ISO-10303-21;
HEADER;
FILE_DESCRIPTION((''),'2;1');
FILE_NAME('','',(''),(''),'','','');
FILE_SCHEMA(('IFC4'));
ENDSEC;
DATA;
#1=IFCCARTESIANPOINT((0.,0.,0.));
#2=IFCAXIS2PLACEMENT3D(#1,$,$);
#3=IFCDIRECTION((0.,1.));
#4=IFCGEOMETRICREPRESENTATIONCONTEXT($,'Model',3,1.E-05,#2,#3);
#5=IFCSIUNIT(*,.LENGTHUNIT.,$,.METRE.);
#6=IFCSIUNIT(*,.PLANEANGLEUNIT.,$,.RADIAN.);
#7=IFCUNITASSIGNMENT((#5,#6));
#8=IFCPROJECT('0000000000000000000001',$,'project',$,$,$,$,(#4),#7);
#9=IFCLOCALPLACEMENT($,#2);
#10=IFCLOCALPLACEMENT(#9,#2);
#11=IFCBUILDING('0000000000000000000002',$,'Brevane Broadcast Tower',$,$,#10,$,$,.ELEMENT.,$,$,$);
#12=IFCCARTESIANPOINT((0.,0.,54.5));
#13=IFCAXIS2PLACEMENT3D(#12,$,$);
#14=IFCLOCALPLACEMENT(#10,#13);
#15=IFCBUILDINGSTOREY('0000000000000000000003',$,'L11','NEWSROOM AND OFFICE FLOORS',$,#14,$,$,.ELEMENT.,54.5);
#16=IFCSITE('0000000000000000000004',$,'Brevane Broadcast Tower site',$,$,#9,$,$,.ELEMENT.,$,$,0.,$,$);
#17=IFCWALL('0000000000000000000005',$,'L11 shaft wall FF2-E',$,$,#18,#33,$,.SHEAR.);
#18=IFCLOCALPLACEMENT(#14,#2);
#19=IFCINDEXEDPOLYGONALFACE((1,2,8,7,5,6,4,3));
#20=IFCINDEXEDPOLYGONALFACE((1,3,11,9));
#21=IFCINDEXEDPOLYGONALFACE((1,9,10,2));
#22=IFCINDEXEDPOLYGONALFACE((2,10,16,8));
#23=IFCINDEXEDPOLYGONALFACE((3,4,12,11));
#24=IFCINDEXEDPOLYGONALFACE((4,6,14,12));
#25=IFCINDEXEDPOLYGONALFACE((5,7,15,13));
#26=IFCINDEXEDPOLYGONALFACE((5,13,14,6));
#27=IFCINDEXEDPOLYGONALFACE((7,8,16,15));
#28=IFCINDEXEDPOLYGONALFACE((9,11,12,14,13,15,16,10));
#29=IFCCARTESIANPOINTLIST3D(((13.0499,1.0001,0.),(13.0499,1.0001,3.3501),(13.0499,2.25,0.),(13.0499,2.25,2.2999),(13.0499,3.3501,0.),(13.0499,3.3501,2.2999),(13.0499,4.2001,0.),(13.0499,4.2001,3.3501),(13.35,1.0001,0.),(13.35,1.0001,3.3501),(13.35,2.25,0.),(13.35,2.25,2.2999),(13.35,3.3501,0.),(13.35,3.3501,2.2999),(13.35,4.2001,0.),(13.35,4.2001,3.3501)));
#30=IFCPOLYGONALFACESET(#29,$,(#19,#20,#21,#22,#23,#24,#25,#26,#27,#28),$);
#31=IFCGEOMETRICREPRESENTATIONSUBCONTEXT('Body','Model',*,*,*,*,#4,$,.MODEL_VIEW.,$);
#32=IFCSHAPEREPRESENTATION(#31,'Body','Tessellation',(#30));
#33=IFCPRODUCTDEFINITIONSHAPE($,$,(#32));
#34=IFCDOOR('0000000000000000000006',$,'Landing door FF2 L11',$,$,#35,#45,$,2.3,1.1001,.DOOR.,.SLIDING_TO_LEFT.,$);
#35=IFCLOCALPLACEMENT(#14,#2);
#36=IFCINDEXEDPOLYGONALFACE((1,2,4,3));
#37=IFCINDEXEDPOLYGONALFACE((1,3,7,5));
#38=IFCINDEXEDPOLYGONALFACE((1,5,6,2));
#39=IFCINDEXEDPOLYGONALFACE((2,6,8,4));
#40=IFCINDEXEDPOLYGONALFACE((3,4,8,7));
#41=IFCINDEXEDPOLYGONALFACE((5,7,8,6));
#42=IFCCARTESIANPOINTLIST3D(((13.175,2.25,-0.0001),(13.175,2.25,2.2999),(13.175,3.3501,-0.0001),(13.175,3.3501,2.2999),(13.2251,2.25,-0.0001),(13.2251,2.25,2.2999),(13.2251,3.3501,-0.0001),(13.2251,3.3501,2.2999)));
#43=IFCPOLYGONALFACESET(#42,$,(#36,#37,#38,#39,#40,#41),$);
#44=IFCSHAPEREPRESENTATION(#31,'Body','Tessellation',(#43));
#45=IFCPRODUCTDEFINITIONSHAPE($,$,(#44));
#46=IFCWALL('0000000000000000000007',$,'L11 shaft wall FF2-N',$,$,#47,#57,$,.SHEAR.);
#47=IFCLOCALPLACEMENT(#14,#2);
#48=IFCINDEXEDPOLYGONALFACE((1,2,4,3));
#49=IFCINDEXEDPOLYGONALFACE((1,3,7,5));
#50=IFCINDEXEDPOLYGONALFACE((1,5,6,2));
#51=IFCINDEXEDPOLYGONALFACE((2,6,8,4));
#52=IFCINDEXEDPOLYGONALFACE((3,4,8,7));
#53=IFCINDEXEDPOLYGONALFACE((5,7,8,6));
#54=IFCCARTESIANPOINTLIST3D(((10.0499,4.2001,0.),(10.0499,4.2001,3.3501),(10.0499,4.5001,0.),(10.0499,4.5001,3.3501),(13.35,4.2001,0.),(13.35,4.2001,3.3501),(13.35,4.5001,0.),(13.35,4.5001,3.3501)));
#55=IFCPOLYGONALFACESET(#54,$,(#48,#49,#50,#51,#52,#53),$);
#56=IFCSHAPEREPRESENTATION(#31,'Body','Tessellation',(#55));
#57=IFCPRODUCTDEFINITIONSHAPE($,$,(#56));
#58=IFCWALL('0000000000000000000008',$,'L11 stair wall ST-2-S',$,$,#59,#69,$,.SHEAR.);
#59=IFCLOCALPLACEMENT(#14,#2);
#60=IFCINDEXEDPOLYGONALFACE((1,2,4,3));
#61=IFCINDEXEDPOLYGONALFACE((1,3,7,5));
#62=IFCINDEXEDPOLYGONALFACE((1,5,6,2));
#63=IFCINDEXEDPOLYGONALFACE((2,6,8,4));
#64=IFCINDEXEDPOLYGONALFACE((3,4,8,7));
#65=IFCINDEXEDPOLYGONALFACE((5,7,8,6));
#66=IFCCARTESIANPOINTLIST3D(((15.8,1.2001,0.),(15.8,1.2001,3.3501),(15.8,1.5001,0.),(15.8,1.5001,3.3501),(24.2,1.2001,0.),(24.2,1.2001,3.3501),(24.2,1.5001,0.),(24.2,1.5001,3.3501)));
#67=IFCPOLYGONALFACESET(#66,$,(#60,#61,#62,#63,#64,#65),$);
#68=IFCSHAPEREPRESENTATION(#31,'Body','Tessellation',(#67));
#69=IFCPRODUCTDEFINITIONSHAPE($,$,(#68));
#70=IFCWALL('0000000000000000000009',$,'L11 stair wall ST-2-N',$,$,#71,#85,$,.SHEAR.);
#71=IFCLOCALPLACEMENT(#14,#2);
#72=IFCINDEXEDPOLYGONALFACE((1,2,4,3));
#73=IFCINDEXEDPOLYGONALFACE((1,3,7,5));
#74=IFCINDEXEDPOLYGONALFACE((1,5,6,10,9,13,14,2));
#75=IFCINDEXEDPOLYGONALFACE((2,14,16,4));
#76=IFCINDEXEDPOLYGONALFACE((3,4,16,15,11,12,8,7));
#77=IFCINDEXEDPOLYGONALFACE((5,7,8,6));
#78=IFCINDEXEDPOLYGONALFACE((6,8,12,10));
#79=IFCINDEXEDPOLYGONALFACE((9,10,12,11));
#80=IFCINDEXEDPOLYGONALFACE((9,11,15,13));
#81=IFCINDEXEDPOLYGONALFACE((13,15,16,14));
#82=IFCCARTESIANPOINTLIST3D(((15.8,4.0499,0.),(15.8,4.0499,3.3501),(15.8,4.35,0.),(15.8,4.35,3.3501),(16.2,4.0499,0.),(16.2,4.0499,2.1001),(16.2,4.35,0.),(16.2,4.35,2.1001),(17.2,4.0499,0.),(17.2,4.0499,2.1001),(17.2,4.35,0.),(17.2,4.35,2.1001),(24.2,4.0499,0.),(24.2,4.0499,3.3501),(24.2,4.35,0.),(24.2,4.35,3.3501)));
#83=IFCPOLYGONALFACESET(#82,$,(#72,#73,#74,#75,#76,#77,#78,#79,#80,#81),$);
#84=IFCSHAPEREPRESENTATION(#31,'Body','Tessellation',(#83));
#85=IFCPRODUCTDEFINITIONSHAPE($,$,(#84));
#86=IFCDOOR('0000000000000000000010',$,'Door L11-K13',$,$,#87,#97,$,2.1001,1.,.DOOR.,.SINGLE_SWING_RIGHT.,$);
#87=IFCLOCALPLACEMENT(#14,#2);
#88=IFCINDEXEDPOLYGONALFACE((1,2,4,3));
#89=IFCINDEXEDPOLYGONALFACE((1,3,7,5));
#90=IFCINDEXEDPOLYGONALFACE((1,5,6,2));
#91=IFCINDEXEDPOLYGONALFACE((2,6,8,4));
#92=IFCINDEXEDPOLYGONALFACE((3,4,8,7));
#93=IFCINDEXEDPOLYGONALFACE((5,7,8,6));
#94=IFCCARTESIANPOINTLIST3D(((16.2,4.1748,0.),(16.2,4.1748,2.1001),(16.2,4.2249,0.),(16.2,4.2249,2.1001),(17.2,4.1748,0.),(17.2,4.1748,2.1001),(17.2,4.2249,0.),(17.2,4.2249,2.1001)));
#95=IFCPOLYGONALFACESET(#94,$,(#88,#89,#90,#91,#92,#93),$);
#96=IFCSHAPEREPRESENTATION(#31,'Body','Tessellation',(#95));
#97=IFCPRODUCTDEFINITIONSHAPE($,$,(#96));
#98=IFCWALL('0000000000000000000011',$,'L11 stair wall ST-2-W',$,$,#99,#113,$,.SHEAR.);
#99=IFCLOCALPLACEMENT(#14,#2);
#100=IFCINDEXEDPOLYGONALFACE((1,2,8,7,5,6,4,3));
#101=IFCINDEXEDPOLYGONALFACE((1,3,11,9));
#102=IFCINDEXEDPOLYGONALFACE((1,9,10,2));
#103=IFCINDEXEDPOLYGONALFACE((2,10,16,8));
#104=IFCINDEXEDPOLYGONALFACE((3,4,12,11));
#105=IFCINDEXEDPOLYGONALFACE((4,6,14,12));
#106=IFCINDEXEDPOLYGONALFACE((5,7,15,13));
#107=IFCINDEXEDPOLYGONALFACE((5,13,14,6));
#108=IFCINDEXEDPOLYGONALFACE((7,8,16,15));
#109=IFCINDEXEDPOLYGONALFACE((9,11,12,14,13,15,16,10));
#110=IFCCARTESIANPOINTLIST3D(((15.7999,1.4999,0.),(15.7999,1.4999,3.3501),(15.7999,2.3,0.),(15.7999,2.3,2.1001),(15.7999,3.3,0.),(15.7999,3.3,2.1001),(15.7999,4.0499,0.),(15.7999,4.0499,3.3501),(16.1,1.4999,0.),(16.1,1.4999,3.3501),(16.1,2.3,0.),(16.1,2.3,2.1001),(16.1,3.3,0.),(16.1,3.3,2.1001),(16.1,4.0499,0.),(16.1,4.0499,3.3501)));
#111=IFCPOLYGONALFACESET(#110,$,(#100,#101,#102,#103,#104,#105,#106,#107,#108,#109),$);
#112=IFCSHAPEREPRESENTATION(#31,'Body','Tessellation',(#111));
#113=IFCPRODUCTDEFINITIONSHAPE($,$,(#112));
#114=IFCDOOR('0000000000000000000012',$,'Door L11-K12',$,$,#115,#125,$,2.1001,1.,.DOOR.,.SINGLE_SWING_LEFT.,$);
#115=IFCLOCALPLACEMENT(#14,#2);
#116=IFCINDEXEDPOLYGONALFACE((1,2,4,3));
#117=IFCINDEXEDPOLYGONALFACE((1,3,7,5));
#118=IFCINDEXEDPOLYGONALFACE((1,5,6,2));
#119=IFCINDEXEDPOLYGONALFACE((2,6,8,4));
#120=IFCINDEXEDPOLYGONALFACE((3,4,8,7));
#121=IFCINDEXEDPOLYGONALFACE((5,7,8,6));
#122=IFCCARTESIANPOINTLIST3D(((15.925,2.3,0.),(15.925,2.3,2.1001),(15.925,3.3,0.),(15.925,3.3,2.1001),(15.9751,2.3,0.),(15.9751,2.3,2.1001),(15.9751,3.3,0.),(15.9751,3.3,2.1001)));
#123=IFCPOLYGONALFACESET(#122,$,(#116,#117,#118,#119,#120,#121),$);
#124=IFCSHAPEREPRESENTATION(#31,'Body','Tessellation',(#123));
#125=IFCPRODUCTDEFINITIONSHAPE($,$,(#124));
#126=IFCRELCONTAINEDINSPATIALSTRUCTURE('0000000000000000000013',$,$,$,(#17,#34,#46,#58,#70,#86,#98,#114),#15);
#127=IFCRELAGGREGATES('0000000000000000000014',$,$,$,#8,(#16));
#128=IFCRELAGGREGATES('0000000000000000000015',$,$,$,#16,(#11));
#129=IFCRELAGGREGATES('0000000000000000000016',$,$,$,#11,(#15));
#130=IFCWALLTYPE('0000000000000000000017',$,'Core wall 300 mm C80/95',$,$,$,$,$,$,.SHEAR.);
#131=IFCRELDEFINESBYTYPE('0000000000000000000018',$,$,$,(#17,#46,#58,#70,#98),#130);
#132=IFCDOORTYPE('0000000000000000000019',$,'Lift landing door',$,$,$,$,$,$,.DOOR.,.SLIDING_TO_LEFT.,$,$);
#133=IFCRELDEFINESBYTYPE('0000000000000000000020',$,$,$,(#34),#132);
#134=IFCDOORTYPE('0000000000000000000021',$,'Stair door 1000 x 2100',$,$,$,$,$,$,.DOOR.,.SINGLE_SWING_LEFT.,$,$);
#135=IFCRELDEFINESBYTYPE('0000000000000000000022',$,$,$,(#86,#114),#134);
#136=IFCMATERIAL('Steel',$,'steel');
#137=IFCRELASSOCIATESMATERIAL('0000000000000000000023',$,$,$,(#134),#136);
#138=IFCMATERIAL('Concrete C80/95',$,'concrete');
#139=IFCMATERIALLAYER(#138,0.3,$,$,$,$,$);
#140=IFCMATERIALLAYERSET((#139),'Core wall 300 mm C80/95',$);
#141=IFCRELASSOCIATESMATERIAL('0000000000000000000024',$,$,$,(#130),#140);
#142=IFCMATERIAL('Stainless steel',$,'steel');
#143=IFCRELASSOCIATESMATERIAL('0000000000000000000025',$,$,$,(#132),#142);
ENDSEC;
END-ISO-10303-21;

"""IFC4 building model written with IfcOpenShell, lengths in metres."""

from ifc_helpers import new_model, si_unit, direction, frame, frame_2d, origin, place, context, subcontext, project, spatial, rectangle, extrude, material, layer, layer_set, type_object, element, fill, save


model = new_model("IFC4")

# Units and contexts
model_context = context("Model", 3, precision=1e-05, world=origin(), true_north=direction((0.0, 1.0)))
body_context = subcontext(model_context, "Body", "Model", "MODEL_VIEW")
ifc_project = project(units=[si_unit("LENGTHUNIT", "METRE"), si_unit("PLANEANGLEUNIT", "RADIAN")], contexts=[model_context])

# Site, building, storey
site_placement = place(None, origin())
site = spatial("IfcSite", under=ifc_project, at=site_placement, Name="Brevane Broadcast Tower site", CompositionType="ELEMENT", RefElevation=0.0)
building_placement = place(site_placement, origin())
building = spatial("IfcBuilding", under=site, at=building_placement, Name="Brevane Broadcast Tower", CompositionType="ELEMENT")
storey_placement = place(building_placement, frame((0.0, 0.0, 54.5)))
storey = spatial("IfcBuildingStorey", under=building, at=storey_placement, Name="L11", Description="NEWSROOM AND OFFICE FLOORS", CompositionType="ELEMENT", Elevation=54.5)

# Shared definitions
ifc_material_1 = material(Name="Steel", Category="steel")
door_type_1 = type_object("IfcDoorType", Name="Stair door 1000 x 2100", OperationType="SINGLE_SWING_LEFT", PredefinedType="DOOR", material=ifc_material_1)

# Shared definitions
ifc_material_2 = material(Name="Concrete C80/95", Category="concrete")
ifc_layer_1 = layer(ifc_material_2, 0.3)
ifc_layer_set_1 = layer_set([ifc_layer_1], Name="Core wall 300 mm C80/95")
wall_type_1 = type_object("IfcWallType", Name="Core wall 300 mm C80/95", PredefinedType="SHEAR", material=ifc_layer_set_1)

# Wall, opening, door
wall_1_placement = place(storey_placement, frame((13.2, 1.0, 0.0), z_axis=(0.0, 0.0, 1.0), x_axis=(0.0, 1.0, 0.0)))
wall_1 = element("IfcWall", 1, at=wall_1_placement, inside=storey, type_object=wall_type_1, Name="L11 shaft wall FF2-E", PredefinedType="SHEAR", context=body_context, shape_type="SweptSolid", body=[
    extrude(rectangle(XDim=3.2, YDim=0.3, at=frame_2d((1.6001, 0.0))), origin(), (0.0, 0.0, 1.0), 3.3501),
])
opening_1_placement = place(wall_1_placement, frame((1.25, 0.0, 0.0)))
opening_1 = element("IfcOpeningElement", 2, at=opening_1_placement, cuts=wall_1, PredefinedType="OPENING", context=body_context, shape_type="SweptSolid", body=[
    extrude(rectangle(XDim=1.1001, YDim=2.3, at=frame_2d((0.55, 1.1499))), frame((0.0, 0.1599, 0.0), z_axis=(0.0, -1.0, 0.0), x_axis=(1.0, 0.0, 0.0)), (0.0, 0.0, 1.0), 0.3201),
])
ifc_material_3 = material(Name="Stainless steel", Category="steel")
door_type_2 = type_object("IfcDoorType", Name="Lift landing door", OperationType="SLIDING_TO_LEFT", PredefinedType="DOOR", material=ifc_material_3)
door_1_placement = place(opening_1_placement, origin())
door_1 = element("IfcDoor", 3, at=door_1_placement, inside=storey, type_object=door_type_2, Name="Landing door FF2 L11", OperationType="SLIDING_TO_LEFT", OverallHeight=2.3, OverallWidth=1.1001, PredefinedType="DOOR", context=body_context, shape_type="SweptSolid", body=[
    extrude(rectangle(XDim=1.1001, YDim=2.3, at=frame_2d((0.55, 1.1499))), frame((0.0, 0.0249, 0.0), z_axis=(0.0, -1.0, 0.0), x_axis=(1.0, 0.0, 0.0)), (0.0, 0.0, 1.0), 0.05),
])
fill(opening_1, door_1)

# Walls
wall_2_placement = place(storey_placement, frame((10.05, 4.3501, 0.0), z_axis=(0.0, 0.0, 1.0), x_axis=(1.0, 0.0, 0.0)))
element("IfcWall", 4, at=wall_2_placement, inside=storey, type_object=wall_type_1, Name="L11 shaft wall FF2-N", PredefinedType="SHEAR", context=body_context, shape_type="SweptSolid", body=[
    extrude(rectangle(XDim=3.3, YDim=0.3, at=frame_2d((1.6499, 0.0))), origin(), (0.0, 0.0, 1.0), 3.3501),
])
wall_3_placement = place(storey_placement, frame((15.8, 1.3501, 0.0), z_axis=(0.0, 0.0, 1.0), x_axis=(1.0, 0.0, 0.0)))
element("IfcWall", 5, at=wall_3_placement, inside=storey, type_object=wall_type_1, Name="L11 stair wall ST-2-S", PredefinedType="SHEAR", context=body_context, shape_type="SweptSolid", body=[
    extrude(rectangle(XDim=8.3999, YDim=0.3, at=frame_2d((4.2, 0.0))), origin(), (0.0, 0.0, 1.0), 3.3501),
])

# Walls, openings, doors
wall_4_placement = place(storey_placement, frame((15.8, 4.2, 0.0), z_axis=(0.0, 0.0, 1.0), x_axis=(1.0, 0.0, 0.0)))
wall_4 = element("IfcWall", 6, at=wall_4_placement, inside=storey, type_object=wall_type_1, Name="L11 stair wall ST-2-N", PredefinedType="SHEAR", context=body_context, shape_type="SweptSolid", body=[
    extrude(rectangle(XDim=8.3999, YDim=0.3, at=frame_2d((4.2, 0.0))), origin(), (0.0, 0.0, 1.0), 3.3501),
])
opening_2_placement = place(wall_4_placement, frame((0.3999, 0.0, 0.0)))
opening_2 = element("IfcOpeningElement", 7, at=opening_2_placement, cuts=wall_4, PredefinedType="OPENING", context=body_context, shape_type="SweptSolid", body=[
    extrude(rectangle(XDim=1.0, YDim=2.1001, at=frame_2d((0.5, 1.05))), frame((0.0, 0.1599, 0.0), z_axis=(0.0, -1.0, 0.0), x_axis=(1.0, 0.0, 0.0)), (0.0, 0.0, 1.0), 0.3201),
])
door_2_placement = place(opening_2_placement, origin())
door_2 = element("IfcDoor", 8, at=door_2_placement, inside=storey, type_object=door_type_1, Name="Door L11-K13", OperationType="SINGLE_SWING_RIGHT", OverallHeight=2.1001, OverallWidth=1.0, PredefinedType="DOOR", context=body_context, shape_type="SweptSolid", body=[
    extrude(rectangle(XDim=1.0, YDim=2.1001, at=frame_2d((0.5, 1.05))), frame((0.0, 0.0249, 0.0), z_axis=(0.0, -1.0, 0.0), x_axis=(1.0, 0.0, 0.0)), (0.0, 0.0, 1.0), 0.05),
])
fill(opening_2, door_2)
wall_5_placement = place(storey_placement, frame((15.95, 1.5, 0.0), z_axis=(0.0, 0.0, 1.0), x_axis=(0.0, 1.0, 0.0)))
wall_5 = element("IfcWall", 9, at=wall_5_placement, inside=storey, type_object=wall_type_1, Name="L11 stair wall ST-2-W", PredefinedType="SHEAR", context=body_context, shape_type="SweptSolid", body=[
    extrude(rectangle(XDim=2.55, YDim=0.3, at=frame_2d((1.2749, 0.0))), origin(), (0.0, 0.0, 1.0), 3.3501),
])
opening_3_placement = place(wall_5_placement, frame((0.8, 0.0, 0.0)))
opening_3 = element("IfcOpeningElement", 10, at=opening_3_placement, cuts=wall_5, PredefinedType="OPENING", context=body_context, shape_type="SweptSolid", body=[
    extrude(rectangle(XDim=1.0, YDim=2.1001, at=frame_2d((0.5, 1.05))), frame((0.0, 0.1599, 0.0), z_axis=(0.0, -1.0, 0.0), x_axis=(1.0, 0.0, 0.0)), (0.0, 0.0, 1.0), 0.3201),
])
door_3_placement = place(opening_3_placement, origin())
door_3 = element("IfcDoor", 11, at=door_3_placement, inside=storey, type_object=door_type_1, Name="Door L11-K12", OperationType="SINGLE_SWING_LEFT", OverallHeight=2.1001, OverallWidth=1.0, PredefinedType="DOOR", context=body_context, shape_type="SweptSolid", body=[
    extrude(rectangle(XDim=1.0, YDim=2.1001, at=frame_2d((0.5, 1.05))), frame((0.0, 0.0249, 0.0), z_axis=(0.0, -1.0, 0.0), x_axis=(1.0, 0.0, 0.0)), (0.0, 0.0, 1.0), 0.05),
])
fill(opening_3, door_3)

save(model, "model.ifc")
